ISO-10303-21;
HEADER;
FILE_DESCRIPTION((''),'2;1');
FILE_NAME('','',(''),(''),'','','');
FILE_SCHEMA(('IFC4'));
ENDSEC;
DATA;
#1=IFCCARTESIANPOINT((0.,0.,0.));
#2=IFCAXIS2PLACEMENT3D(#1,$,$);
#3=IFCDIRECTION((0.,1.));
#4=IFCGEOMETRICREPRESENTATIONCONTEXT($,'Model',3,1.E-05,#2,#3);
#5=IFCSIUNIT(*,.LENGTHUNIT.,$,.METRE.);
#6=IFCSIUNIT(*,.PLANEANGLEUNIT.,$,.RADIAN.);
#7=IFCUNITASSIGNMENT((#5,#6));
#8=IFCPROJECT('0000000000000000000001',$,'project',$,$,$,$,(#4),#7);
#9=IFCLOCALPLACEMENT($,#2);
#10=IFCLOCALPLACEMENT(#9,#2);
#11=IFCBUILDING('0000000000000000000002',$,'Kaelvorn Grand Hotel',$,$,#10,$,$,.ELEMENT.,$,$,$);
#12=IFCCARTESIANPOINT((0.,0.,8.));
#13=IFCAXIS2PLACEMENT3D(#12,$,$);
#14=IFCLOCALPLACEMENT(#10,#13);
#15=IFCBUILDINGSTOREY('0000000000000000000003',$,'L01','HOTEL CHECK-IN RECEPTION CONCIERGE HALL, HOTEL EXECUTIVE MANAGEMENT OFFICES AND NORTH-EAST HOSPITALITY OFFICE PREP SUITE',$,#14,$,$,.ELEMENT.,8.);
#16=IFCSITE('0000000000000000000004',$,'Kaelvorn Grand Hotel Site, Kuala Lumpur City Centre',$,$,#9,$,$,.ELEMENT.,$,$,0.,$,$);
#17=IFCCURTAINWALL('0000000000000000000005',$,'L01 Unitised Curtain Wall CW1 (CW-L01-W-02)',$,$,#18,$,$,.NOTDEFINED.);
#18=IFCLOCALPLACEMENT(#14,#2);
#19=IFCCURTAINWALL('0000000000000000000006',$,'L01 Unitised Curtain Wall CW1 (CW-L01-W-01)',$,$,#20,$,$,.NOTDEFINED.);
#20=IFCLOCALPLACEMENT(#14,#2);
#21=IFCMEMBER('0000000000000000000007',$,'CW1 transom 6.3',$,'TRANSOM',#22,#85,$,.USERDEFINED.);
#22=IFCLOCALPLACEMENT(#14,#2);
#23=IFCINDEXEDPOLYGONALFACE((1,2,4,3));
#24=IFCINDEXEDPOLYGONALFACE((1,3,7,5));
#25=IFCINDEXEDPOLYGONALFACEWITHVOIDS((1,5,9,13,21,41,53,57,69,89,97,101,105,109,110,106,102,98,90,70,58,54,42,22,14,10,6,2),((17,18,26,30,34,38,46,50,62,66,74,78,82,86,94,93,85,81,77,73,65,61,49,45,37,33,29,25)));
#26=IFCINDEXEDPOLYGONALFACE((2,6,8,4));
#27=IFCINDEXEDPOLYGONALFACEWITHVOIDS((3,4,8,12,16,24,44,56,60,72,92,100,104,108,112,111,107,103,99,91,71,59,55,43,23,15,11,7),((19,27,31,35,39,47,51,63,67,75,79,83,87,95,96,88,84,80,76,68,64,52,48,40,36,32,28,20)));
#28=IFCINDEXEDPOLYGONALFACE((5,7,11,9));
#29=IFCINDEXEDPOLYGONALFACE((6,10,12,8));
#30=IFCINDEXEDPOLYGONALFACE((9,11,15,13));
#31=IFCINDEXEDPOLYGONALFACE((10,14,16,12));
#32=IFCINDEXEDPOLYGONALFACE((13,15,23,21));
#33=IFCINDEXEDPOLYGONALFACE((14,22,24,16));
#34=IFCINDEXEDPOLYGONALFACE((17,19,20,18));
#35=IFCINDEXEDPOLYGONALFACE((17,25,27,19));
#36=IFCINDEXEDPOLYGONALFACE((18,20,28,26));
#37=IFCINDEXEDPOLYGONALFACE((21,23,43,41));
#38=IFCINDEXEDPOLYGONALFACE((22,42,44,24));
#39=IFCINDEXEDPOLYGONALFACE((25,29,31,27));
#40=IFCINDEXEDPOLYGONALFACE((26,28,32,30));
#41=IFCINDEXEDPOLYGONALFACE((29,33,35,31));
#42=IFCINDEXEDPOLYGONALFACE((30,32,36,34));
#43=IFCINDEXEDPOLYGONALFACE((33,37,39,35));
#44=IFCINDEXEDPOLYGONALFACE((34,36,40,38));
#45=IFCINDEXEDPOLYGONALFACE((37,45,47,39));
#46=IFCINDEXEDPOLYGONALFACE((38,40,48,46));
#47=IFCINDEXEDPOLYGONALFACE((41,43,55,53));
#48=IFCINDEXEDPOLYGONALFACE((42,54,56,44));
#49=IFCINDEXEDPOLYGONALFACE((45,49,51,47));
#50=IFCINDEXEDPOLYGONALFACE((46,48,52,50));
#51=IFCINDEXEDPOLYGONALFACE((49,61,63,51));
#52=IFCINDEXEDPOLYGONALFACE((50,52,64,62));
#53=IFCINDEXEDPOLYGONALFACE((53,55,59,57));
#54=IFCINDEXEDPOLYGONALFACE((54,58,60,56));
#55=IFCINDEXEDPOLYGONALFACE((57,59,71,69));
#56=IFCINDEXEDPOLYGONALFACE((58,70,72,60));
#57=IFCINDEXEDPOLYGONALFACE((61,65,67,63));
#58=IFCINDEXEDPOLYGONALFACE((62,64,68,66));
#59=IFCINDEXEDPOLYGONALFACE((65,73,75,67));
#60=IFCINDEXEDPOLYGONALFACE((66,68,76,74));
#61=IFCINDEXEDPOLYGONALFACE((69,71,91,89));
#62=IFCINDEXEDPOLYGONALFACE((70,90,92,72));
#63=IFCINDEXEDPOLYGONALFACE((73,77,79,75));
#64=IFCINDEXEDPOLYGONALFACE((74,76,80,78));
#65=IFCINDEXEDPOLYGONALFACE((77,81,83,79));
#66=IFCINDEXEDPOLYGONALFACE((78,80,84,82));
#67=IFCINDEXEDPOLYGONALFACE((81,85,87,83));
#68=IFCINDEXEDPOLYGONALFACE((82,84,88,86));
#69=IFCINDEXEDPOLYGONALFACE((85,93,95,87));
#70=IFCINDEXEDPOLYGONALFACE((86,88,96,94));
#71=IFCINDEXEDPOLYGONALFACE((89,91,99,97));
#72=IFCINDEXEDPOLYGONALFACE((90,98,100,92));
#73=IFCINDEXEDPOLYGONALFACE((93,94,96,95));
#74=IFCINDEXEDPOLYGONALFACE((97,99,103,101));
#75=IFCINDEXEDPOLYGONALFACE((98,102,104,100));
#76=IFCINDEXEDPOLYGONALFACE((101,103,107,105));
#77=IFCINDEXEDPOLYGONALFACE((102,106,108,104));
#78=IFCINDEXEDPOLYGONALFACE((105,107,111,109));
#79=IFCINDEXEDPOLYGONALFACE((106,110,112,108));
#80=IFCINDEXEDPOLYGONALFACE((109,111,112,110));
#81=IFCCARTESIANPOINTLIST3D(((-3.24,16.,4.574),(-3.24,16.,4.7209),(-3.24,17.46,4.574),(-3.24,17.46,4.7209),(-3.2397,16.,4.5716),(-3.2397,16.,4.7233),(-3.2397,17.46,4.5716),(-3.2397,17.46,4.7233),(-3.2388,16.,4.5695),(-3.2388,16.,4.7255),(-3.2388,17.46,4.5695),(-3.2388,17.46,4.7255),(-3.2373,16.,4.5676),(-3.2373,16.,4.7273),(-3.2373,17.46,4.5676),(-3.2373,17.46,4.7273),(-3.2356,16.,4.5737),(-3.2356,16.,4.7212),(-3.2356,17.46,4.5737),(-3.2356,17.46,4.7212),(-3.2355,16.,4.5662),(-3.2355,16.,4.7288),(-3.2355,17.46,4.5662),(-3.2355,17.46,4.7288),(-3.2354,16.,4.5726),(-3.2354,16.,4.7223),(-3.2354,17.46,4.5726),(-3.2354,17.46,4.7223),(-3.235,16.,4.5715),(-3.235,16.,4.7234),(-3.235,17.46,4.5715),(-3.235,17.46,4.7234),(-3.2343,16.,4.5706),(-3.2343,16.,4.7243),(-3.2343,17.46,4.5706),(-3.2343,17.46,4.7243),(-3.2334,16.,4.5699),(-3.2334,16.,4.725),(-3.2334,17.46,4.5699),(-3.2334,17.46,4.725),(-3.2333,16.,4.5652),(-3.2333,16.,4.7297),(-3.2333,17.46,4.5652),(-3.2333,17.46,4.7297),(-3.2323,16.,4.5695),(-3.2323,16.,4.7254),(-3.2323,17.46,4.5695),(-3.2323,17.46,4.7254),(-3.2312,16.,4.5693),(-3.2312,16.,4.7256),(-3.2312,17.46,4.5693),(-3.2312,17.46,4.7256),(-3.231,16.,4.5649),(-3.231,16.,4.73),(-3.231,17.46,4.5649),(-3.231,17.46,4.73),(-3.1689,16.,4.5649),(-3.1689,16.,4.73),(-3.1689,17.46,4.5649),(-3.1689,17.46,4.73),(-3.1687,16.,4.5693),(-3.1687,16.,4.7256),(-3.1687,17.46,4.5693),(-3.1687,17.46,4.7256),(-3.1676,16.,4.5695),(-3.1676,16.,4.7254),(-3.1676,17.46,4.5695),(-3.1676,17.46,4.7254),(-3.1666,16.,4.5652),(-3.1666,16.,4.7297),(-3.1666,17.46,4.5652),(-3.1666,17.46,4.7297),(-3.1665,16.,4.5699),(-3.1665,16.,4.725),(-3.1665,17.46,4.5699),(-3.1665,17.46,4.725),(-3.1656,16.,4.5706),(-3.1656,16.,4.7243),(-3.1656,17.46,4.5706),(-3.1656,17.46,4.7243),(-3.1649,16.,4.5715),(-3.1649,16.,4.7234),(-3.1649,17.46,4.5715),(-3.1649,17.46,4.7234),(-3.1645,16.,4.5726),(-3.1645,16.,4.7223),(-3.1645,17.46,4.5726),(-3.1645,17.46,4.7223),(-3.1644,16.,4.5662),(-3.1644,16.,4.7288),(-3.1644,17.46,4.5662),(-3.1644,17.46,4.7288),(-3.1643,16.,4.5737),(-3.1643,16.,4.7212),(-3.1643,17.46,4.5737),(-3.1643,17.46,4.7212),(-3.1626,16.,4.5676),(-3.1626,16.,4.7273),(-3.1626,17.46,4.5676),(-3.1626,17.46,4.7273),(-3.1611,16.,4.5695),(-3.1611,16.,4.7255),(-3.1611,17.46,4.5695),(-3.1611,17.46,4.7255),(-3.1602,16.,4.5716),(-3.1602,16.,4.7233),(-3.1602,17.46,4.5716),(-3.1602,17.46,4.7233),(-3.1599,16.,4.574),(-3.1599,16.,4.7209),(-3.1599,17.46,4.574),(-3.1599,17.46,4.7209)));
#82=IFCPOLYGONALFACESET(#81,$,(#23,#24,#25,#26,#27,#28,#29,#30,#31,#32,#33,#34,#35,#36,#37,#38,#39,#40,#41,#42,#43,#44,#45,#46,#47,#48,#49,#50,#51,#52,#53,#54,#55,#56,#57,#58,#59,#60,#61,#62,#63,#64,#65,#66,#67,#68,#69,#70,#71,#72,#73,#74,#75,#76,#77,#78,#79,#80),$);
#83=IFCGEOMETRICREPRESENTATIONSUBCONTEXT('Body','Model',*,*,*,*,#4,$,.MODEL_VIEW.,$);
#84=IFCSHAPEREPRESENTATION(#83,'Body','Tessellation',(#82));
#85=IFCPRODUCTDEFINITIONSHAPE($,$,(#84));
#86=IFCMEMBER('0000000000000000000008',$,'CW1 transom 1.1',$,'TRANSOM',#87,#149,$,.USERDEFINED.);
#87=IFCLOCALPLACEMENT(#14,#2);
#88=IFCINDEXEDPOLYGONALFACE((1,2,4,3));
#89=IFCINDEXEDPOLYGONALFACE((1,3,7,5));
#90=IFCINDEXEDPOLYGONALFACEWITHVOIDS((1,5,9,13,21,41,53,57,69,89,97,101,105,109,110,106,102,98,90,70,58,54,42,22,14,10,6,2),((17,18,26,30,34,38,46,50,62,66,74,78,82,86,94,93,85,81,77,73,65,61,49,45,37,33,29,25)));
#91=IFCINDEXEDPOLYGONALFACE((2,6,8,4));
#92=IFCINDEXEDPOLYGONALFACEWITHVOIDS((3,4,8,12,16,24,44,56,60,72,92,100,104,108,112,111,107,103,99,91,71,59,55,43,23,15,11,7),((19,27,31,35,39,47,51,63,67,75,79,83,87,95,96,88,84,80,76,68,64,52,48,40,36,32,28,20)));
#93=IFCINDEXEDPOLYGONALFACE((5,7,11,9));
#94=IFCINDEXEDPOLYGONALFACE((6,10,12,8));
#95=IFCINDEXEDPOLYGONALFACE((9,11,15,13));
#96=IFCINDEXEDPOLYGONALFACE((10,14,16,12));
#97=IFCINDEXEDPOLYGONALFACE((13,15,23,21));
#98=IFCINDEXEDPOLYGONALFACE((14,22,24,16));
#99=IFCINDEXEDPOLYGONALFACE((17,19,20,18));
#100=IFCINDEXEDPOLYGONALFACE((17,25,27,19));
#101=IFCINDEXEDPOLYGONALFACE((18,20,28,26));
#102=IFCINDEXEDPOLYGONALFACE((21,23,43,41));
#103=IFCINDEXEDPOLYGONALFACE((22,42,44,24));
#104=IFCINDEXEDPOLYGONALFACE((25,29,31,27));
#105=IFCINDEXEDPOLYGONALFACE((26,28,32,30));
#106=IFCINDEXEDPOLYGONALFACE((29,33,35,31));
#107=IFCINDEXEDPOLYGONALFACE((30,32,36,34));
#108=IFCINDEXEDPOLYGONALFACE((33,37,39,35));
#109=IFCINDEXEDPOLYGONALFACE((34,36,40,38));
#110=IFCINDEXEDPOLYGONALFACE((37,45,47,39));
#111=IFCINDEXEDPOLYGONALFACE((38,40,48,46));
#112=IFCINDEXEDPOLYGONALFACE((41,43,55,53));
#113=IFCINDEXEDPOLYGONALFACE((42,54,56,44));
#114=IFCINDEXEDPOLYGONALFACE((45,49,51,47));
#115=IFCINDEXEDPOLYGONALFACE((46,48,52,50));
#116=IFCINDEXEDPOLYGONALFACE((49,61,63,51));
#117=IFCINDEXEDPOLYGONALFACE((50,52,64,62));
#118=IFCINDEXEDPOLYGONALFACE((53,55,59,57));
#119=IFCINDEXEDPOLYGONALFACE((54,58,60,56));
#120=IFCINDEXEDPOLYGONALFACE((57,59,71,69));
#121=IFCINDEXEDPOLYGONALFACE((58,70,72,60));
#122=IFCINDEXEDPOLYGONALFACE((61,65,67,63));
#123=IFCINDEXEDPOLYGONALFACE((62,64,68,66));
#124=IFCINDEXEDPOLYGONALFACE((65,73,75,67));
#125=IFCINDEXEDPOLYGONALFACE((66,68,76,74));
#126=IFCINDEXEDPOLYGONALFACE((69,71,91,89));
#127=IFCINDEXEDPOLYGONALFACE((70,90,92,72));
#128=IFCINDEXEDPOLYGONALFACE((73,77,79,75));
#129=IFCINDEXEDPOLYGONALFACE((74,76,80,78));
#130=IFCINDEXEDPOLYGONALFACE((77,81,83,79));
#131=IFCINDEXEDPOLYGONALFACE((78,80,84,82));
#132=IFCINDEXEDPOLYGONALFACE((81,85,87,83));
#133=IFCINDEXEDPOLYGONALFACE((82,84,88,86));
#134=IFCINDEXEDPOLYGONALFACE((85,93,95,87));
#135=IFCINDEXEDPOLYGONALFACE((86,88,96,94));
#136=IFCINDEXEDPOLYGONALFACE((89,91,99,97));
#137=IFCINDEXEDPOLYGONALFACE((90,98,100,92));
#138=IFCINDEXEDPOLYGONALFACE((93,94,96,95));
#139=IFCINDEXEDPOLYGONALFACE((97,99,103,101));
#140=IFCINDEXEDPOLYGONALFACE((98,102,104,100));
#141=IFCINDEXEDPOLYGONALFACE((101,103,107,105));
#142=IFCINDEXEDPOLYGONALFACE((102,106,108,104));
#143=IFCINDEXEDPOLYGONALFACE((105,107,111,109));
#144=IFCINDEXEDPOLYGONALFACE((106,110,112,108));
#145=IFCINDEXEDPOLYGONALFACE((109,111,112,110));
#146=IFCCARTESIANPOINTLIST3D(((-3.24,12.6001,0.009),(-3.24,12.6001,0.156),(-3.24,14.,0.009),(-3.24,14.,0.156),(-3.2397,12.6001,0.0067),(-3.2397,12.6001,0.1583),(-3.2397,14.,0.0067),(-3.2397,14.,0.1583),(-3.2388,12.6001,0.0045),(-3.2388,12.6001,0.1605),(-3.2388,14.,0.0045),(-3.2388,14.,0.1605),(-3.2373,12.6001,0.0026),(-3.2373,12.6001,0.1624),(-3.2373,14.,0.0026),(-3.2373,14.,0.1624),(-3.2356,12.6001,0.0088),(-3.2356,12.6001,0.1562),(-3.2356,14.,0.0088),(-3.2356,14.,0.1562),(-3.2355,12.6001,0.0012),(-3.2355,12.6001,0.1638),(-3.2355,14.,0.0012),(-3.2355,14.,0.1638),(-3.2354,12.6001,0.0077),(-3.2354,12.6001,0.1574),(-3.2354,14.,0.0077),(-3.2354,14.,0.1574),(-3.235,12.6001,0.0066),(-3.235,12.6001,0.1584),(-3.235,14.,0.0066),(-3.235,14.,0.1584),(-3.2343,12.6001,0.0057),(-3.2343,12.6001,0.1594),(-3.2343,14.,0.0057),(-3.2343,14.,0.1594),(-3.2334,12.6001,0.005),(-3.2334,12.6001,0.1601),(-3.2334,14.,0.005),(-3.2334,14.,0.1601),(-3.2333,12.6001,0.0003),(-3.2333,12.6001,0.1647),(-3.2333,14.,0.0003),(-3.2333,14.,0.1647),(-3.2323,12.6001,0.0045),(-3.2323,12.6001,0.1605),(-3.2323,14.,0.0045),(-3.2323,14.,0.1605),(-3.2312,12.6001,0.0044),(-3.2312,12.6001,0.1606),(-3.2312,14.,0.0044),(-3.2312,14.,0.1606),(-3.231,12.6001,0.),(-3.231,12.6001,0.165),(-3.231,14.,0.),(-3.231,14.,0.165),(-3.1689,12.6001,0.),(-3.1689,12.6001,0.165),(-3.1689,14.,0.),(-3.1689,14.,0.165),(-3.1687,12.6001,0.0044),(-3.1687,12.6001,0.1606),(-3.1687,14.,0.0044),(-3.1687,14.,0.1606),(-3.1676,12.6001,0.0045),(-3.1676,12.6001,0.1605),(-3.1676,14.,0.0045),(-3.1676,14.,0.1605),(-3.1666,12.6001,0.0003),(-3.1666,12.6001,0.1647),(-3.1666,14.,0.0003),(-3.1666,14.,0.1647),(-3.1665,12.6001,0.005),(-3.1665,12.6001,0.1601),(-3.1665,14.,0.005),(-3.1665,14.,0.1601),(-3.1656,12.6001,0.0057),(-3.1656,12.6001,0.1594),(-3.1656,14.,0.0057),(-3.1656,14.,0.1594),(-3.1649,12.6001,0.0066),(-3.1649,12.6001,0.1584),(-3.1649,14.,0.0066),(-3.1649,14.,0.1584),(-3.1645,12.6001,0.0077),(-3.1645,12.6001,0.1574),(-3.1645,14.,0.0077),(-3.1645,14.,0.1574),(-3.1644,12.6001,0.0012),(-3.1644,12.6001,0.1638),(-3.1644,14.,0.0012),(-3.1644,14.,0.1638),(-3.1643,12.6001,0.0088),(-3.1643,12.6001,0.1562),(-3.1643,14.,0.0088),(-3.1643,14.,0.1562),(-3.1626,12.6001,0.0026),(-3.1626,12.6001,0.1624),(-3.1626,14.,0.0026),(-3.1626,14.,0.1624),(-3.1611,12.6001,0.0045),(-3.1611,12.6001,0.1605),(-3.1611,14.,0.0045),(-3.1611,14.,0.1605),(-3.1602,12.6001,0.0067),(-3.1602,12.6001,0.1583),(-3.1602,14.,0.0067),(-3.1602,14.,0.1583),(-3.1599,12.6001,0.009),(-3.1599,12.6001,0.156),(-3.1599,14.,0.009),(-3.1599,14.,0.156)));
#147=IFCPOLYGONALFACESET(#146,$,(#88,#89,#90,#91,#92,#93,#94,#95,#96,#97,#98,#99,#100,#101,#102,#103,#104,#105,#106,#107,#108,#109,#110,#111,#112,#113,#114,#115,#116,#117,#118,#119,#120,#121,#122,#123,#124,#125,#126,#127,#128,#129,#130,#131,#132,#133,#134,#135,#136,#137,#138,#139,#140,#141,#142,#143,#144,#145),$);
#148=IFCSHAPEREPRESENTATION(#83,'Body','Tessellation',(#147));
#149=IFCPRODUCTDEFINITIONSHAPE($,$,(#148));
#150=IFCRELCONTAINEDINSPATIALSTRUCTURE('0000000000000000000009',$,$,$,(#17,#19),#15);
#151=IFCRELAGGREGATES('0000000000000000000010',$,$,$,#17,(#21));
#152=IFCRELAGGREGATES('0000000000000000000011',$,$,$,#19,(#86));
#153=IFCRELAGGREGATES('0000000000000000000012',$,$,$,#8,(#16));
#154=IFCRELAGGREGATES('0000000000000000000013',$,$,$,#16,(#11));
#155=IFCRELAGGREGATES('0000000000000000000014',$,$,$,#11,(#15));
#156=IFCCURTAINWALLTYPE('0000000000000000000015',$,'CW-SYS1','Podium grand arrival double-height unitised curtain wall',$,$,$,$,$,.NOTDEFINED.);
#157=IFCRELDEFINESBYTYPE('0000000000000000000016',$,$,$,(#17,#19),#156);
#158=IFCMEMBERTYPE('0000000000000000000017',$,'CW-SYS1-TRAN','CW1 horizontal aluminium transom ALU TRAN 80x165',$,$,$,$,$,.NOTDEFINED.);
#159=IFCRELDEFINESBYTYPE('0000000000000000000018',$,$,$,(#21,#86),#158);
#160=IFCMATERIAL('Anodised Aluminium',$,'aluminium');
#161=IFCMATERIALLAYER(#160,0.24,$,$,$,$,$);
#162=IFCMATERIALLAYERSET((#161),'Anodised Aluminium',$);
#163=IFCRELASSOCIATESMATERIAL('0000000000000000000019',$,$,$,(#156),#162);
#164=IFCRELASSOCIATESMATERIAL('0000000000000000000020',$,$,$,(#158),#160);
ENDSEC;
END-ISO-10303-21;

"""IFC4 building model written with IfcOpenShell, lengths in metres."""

from ifc_helpers import new_model, si_unit, direction, frame, origin, origin_2d, place, context, subcontext, project, spatial, hollow_rectangle, extrude, material, layer, layer_set, material_profile, profile_set, type_object, element, aggregate, save


model = new_model("IFC4")

# Units and contexts
model_context = context("Model", 3, precision=1e-05, world=origin(), true_north=direction((0.0, 1.0)))
body_context = subcontext(model_context, "Body", "Model", "MODEL_VIEW")
ifc_project = project(units=[si_unit("LENGTHUNIT", "METRE"), si_unit("PLANEANGLEUNIT", "RADIAN")], contexts=[model_context])

# Site, building, storey
site_placement = place(None, origin())
site = spatial("IfcSite", under=ifc_project, at=site_placement, Name="Kaelvorn Grand Hotel Site, Kuala Lumpur City Centre", CompositionType="ELEMENT", RefElevation=0.0)
building_placement = place(site_placement, origin())
building = spatial("IfcBuilding", under=site, at=building_placement, Name="Kaelvorn Grand Hotel", CompositionType="ELEMENT")
storey_placement = place(building_placement, frame((0.0, 0.0, 8.0)))
storey = spatial("IfcBuildingStorey", under=building, at=storey_placement, Name="L01", Description="HOTEL CHECK-IN RECEPTION CONCIERGE HALL, HOTEL EXECUTIVE MANAGEMENT OFFICES AND NORTH-EAST HOSPITALITY OFFICE PREP SUITE", CompositionType="ELEMENT", Elevation=8.0)

# Curtain wall
ifc_material_1 = material(Name="Anodised Aluminium", Category="aluminium")
ifc_layer_1 = layer(ifc_material_1, 0.24)
ifc_layer_set_1 = layer_set([ifc_layer_1], Name="Anodised Aluminium")
curtain_wall_type = type_object("IfcCurtainWallType", Name="CW-SYS1", Description="Podium grand arrival double-height unitised curtain wall", PredefinedType="NOTDEFINED", material=ifc_layer_set_1)
curtain_wall_1_placement = place(storey_placement, origin())
curtain_wall_1 = element("IfcCurtainWall", 1, at=curtain_wall_1_placement, inside=storey, type_object=curtain_wall_type, Name="L01 Unitised Curtain Wall CW1 (CW-L01-W-02)", PredefinedType="NOTDEFINED")

# Curtain wall
curtain_wall_2_placement = place(storey_placement, origin())
curtain_wall_2 = element("IfcCurtainWall", 2, at=curtain_wall_2_placement, inside=storey, type_object=curtain_wall_type, Name="L01 Unitised Curtain Wall CW1 (CW-L01-W-01)", PredefinedType="NOTDEFINED")

# Members
ifc_material_profile_1 = material_profile(ifc_material_1, hollow_rectangle(XDim=0.0801, YDim=0.165, WallThickness=0.0044, InnerFilletRadius=0.0044, OuterFilletRadius=0.009, at=origin_2d()), Name="ALU TRAN 80x165")
ifc_profile_set_1 = profile_set([ifc_material_profile_1], Name="Anodised Aluminium")
member_type_1 = type_object("IfcMemberType", Name="CW-SYS1-TRAN", Description="CW1 horizontal aluminium transom ALU TRAN 80x165", PredefinedType="NOTDEFINED", material=ifc_profile_set_1)
member_1_placement = place(storey_placement, frame((-3.2, 17.46, 4.6475), z_axis=(0.0, -1.0, 0.0), x_axis=(1.0, 0.0, 0.0)))
member_1 = element("IfcMember", 3, at=member_1_placement, type_object=member_type_1, Name="CW1 transom 6.3", ObjectType="TRANSOM", PredefinedType="USERDEFINED", context=body_context, shape_type="SweptSolid", body=[
    extrude(hollow_rectangle(XDim=0.0801, YDim=0.165, WallThickness=0.0044, InnerFilletRadius=0.0044, OuterFilletRadius=0.009, at=origin_2d()), origin(), (0.0, 0.0, 1.0), 1.46),
])
member_2_placement = place(storey_placement, frame((-3.2, 14.0, 0.0825), z_axis=(0.0, -1.0, 0.0), x_axis=(1.0, 0.0, 0.0)))
member_2 = element("IfcMember", 4, at=member_2_placement, type_object=member_type_1, Name="CW1 transom 1.1", ObjectType="TRANSOM", PredefinedType="USERDEFINED", context=body_context, shape_type="SweptSolid", body=[
    extrude(hollow_rectangle(XDim=0.0801, YDim=0.165, WallThickness=0.0044, InnerFilletRadius=0.0044, OuterFilletRadius=0.009, at=origin_2d()), origin(), (0.0, 0.0, 1.0), 1.3999),
])

aggregate(curtain_wall_1, [member_1])
aggregate(curtain_wall_2, [member_2])

save(model, "model.ifc")
